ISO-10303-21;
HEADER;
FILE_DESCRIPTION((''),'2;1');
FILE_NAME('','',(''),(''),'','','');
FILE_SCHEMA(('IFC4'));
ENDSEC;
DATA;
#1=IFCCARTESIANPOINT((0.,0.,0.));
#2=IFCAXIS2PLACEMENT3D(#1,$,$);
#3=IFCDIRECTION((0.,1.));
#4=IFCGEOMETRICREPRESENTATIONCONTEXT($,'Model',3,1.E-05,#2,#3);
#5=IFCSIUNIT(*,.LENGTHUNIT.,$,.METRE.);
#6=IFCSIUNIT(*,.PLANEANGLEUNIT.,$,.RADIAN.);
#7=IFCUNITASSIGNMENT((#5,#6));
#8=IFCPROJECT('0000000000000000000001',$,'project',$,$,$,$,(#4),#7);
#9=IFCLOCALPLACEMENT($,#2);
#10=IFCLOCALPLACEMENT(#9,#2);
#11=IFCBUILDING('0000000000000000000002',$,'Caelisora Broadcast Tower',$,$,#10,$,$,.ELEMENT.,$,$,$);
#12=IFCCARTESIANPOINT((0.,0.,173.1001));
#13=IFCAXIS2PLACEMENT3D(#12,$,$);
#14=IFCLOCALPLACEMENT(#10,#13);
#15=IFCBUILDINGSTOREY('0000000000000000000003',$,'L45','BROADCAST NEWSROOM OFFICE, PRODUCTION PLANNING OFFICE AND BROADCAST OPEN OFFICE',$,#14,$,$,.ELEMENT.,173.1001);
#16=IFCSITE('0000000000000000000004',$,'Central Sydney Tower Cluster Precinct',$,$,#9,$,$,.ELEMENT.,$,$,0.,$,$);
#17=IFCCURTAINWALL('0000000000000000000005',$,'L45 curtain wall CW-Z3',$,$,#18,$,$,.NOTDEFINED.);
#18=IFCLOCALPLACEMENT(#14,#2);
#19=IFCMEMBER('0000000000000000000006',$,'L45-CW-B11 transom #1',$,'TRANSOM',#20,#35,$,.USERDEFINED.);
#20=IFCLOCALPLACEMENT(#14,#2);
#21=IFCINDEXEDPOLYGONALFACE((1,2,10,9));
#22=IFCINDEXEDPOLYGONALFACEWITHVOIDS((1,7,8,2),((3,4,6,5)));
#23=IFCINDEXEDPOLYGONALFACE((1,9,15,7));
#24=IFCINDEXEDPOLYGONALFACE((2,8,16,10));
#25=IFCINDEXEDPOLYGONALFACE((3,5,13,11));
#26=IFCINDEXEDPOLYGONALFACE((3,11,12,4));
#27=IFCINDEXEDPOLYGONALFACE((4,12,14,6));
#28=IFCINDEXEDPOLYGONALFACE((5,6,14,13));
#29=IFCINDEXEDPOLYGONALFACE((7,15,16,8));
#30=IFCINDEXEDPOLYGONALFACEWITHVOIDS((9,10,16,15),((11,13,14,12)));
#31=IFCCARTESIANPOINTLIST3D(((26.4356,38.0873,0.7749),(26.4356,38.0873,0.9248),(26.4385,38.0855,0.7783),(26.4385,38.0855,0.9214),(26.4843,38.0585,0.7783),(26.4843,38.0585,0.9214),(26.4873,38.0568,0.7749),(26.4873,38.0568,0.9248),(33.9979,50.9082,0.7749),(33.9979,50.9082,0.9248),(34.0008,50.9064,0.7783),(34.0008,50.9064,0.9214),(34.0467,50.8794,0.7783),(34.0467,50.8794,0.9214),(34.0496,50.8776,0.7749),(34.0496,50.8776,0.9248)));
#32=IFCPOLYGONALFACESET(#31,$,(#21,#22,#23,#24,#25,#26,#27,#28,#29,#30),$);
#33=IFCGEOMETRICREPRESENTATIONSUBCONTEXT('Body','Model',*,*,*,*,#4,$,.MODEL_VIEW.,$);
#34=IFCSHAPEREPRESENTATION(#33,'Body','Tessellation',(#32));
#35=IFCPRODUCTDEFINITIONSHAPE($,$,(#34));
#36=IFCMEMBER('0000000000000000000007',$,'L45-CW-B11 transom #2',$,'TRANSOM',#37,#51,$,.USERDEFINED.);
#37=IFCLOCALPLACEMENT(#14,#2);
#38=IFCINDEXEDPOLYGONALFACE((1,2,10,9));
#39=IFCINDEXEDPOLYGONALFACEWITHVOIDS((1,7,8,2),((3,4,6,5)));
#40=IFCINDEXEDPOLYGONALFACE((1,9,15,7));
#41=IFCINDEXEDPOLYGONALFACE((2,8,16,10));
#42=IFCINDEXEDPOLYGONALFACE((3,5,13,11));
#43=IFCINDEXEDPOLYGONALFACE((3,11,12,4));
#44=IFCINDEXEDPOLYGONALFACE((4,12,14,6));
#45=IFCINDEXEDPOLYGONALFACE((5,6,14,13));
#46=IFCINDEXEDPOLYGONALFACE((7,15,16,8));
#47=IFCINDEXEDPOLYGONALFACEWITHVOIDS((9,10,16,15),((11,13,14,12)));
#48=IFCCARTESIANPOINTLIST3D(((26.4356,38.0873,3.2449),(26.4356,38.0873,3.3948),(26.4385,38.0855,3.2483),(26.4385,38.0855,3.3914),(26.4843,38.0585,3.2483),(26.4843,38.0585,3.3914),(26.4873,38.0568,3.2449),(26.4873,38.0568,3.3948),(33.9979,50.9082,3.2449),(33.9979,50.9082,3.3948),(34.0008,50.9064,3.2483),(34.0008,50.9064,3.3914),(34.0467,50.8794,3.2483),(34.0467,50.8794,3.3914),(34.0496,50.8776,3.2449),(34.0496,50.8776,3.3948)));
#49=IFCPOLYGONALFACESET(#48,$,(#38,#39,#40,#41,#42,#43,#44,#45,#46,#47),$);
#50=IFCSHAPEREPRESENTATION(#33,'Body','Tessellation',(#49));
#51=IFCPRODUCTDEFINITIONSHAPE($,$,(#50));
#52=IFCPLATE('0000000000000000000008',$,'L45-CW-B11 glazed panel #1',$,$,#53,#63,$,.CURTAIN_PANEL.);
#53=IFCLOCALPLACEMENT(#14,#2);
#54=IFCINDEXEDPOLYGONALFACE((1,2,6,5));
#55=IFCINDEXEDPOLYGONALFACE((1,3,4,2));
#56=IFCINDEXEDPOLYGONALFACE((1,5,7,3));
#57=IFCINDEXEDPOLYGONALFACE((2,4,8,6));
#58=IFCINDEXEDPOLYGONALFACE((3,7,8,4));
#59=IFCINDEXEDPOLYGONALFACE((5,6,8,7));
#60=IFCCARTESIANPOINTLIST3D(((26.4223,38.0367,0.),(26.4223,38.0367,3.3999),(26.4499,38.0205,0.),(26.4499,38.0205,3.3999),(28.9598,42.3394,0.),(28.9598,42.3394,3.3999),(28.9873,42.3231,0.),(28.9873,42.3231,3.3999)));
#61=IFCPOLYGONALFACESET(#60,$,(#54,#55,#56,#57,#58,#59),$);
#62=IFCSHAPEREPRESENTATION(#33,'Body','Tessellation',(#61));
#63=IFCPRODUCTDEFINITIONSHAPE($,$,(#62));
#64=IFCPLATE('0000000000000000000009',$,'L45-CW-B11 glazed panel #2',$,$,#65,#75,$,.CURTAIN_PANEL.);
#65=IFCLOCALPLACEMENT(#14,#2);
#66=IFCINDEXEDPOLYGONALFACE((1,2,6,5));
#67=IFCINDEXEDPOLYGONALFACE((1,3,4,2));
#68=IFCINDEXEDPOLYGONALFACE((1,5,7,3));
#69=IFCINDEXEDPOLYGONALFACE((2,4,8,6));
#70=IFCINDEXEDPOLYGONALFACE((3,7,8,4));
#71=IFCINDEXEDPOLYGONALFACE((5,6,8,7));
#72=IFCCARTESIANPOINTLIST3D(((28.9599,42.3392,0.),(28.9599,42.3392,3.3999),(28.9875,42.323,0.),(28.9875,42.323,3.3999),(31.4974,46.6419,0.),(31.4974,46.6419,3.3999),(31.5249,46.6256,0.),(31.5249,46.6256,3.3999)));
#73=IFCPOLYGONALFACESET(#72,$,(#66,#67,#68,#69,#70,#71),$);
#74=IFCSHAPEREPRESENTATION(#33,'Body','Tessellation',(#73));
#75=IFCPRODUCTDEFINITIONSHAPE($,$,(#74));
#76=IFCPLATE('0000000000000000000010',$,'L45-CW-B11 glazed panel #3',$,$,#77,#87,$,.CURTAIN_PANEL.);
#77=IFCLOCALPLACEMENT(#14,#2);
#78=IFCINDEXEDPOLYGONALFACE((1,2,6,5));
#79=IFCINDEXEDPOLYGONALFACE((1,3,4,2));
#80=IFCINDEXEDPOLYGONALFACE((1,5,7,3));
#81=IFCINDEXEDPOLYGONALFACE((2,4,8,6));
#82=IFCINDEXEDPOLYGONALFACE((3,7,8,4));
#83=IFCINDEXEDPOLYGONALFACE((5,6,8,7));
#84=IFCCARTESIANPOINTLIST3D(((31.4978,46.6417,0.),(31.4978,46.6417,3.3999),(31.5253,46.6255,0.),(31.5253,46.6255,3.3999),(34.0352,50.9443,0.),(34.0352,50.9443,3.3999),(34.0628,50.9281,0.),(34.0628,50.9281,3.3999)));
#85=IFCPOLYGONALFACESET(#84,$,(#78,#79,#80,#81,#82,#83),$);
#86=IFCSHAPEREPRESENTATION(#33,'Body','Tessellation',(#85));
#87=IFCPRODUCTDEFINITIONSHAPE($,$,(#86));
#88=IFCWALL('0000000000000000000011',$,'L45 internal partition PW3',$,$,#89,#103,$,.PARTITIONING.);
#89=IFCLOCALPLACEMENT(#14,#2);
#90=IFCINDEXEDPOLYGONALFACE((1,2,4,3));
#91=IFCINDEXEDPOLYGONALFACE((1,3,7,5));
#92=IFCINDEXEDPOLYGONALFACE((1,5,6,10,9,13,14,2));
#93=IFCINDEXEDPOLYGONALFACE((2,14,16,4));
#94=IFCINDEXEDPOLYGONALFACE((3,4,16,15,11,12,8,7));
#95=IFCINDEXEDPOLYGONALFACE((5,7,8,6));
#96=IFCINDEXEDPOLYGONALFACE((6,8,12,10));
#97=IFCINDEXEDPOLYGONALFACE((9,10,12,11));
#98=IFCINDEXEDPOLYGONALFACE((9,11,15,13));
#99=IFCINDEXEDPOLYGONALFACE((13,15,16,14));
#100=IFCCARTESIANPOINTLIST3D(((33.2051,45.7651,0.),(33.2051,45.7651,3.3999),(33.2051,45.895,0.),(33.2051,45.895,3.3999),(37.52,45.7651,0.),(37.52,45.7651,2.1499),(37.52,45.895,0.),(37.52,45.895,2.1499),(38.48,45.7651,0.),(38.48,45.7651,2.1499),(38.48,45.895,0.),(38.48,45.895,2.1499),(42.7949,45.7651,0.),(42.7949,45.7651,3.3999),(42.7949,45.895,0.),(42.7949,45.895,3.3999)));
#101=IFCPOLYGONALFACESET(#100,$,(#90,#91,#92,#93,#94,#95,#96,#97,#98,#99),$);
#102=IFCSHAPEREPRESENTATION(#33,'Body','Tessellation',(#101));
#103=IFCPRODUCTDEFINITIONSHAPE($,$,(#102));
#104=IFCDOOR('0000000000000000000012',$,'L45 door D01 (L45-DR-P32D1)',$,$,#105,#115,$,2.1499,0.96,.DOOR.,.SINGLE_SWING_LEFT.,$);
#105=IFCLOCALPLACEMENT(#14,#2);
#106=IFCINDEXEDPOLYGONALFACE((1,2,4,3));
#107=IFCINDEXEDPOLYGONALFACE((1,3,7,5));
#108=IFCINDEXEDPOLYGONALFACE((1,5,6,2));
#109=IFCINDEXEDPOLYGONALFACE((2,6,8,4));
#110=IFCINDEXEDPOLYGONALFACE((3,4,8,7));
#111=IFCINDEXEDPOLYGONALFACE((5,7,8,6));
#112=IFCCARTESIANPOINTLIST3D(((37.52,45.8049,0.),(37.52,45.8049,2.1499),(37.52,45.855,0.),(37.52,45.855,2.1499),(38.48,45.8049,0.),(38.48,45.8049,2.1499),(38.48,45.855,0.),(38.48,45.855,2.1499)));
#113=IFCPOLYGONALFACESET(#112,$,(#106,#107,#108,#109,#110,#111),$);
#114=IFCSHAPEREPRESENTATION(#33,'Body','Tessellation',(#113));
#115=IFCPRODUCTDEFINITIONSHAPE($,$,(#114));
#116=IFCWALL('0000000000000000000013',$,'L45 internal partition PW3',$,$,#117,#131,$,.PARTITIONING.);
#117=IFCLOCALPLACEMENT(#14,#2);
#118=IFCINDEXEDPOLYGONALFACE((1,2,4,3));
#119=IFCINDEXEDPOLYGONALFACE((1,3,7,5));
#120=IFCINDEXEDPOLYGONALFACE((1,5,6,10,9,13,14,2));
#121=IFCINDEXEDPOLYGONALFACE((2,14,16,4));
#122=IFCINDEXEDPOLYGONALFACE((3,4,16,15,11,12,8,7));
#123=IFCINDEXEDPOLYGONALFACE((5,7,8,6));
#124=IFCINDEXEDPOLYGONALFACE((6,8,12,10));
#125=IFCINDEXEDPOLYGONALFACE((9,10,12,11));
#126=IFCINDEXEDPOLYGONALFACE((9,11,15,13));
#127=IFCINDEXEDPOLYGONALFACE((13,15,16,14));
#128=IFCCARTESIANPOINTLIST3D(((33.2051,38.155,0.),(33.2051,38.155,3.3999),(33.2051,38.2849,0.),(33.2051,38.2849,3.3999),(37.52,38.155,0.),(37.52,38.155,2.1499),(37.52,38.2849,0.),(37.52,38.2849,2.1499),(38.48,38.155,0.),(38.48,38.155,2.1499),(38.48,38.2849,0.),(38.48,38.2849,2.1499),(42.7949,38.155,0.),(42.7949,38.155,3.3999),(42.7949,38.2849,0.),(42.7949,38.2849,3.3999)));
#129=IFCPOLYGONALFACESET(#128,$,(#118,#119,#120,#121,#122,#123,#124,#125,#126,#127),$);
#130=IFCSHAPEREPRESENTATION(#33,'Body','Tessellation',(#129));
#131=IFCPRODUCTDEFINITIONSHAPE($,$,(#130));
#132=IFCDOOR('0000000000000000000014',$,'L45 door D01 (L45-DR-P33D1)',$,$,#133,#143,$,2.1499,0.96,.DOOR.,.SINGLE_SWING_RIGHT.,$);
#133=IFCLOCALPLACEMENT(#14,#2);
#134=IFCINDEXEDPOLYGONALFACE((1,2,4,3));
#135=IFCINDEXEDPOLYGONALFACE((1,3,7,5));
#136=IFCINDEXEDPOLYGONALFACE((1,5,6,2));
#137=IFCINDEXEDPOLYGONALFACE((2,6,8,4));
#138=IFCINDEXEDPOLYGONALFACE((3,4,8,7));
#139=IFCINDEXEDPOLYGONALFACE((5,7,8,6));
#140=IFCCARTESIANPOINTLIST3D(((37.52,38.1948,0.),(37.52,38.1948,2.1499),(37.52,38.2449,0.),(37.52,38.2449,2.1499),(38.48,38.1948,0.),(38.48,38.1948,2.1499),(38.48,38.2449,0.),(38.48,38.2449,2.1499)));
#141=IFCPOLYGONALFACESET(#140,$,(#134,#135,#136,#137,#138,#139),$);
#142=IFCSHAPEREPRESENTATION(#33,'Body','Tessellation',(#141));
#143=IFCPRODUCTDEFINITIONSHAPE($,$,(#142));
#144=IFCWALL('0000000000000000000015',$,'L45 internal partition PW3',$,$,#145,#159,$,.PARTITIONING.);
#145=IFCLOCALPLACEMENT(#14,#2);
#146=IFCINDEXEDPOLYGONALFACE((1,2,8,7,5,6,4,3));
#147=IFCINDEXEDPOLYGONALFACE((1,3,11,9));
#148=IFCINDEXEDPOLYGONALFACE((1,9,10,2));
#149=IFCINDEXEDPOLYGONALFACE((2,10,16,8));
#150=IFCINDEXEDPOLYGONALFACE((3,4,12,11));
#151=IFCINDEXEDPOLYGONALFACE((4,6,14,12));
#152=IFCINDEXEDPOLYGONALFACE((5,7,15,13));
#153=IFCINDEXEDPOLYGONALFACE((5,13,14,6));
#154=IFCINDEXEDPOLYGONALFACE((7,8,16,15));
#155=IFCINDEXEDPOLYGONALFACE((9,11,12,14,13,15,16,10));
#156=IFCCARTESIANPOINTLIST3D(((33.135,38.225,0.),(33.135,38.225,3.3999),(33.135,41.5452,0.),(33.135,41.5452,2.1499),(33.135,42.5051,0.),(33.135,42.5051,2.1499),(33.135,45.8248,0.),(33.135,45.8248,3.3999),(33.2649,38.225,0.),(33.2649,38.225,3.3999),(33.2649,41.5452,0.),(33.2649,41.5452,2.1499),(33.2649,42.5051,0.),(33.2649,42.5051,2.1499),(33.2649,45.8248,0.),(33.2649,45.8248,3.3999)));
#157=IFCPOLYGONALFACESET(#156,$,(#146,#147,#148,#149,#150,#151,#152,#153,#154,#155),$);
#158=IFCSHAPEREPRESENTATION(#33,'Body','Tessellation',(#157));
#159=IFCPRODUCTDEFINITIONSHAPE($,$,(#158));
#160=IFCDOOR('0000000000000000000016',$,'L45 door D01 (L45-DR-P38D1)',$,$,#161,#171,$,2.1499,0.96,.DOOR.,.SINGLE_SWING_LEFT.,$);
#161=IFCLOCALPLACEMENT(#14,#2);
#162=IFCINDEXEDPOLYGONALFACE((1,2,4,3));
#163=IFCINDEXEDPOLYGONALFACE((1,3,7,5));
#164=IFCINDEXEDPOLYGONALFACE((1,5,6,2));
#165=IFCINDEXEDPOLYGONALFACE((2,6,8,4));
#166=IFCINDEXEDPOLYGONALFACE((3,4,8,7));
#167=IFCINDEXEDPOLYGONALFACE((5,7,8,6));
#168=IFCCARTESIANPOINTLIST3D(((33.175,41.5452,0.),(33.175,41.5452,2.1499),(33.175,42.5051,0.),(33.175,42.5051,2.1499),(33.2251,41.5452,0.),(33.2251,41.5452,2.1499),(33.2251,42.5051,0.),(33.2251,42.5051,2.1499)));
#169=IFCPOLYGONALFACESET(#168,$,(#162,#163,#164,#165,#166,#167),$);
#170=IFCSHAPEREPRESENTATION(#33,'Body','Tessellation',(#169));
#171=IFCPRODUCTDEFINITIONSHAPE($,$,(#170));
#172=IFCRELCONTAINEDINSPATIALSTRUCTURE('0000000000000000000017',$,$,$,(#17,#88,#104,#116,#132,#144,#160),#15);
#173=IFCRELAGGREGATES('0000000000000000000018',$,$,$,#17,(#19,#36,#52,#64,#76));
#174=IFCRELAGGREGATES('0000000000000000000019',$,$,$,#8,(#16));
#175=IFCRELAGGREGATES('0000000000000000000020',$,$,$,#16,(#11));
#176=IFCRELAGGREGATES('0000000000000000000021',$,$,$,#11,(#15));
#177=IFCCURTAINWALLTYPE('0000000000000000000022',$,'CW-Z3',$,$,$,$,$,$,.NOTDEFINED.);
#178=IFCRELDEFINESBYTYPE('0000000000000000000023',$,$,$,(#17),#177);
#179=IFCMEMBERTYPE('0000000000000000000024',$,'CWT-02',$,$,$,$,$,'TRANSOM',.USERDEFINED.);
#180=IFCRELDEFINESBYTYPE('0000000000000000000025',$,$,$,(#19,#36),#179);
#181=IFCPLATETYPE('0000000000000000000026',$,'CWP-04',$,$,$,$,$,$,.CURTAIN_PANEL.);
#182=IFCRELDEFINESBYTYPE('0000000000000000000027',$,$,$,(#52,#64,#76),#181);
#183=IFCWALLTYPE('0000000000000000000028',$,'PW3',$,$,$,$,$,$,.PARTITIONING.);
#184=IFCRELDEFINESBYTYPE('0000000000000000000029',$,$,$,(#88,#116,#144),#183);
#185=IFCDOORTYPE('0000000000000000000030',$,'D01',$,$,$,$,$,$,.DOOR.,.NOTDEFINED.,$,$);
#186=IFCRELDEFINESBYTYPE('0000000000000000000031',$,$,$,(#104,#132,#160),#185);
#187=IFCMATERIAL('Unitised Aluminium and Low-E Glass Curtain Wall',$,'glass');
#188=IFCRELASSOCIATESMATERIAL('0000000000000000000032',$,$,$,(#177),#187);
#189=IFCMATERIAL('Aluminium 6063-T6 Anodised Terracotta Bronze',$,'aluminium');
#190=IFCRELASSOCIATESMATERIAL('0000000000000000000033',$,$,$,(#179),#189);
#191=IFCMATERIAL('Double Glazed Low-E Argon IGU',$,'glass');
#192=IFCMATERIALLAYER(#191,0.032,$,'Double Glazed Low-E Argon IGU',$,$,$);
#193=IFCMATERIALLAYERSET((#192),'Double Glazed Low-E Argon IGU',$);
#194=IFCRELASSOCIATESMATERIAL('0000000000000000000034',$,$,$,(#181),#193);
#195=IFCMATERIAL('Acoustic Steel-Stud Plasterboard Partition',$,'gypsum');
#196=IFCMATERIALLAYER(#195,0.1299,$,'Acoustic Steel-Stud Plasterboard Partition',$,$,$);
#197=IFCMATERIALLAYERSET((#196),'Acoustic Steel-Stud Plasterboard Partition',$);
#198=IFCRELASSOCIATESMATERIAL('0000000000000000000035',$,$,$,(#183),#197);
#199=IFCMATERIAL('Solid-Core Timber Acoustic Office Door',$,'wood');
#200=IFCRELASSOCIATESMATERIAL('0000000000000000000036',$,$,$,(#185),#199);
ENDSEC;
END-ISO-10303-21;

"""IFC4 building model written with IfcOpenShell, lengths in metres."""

from ifc_helpers import new_model, si_unit, direction, frame, frame_2d, origin, origin_2d, place, context, subcontext, project, spatial, rectangle, hollow_rectangle, extrude, source, transform, mapped, material, layer, layer_set, material_profile, profile_set, type_object, type_shapes, element, fill, aggregate, save


model = new_model("IFC4")

# Units and contexts
model_context = context("Model", 3, precision=1e-05, world=origin(), true_north=direction((0.0, 1.0)))
body_context = subcontext(model_context, "Body", "Model", "MODEL_VIEW")
ifc_project = project(units=[si_unit("LENGTHUNIT", "METRE"), si_unit("PLANEANGLEUNIT", "RADIAN")], contexts=[model_context])

# Site, building, storey
site_placement = place(None, origin())
site = spatial("IfcSite", under=ifc_project, at=site_placement, Name="Central Sydney Tower Cluster Precinct", CompositionType="ELEMENT", RefElevation=0.0)
building_placement = place(site_placement, origin())
building = spatial("IfcBuilding", under=site, at=building_placement, Name="Caelisora Broadcast Tower", CompositionType="ELEMENT")
storey_placement = place(building_placement, frame((0.0, 0.0, 173.1001)))
storey = spatial("IfcBuildingStorey", under=building, at=storey_placement, Name="L45", Description="BROADCAST NEWSROOM OFFICE, PRODUCTION PLANNING OFFICE AND BROADCAST OPEN OFFICE", CompositionType="ELEMENT", Elevation=173.1001)

# Curtain wall, members, plates
ifc_material_1 = material(Name="Unitised Aluminium and Low-E Glass Curtain Wall", Category="glass")
curtain_wall_type = type_object("IfcCurtainWallType", Name="CW-Z3", PredefinedType="NOTDEFINED", material=ifc_material_1)
curtain_wall_placement = place(storey_placement, origin())
curtain_wall = element("IfcCurtainWall", 1, at=curtain_wall_placement, inside=storey, type_object=curtain_wall_type, Name="L45 curtain wall CW-Z3", PredefinedType="NOTDEFINED")
ifc_material_2 = material(Name="Aluminium 6063-T6 Anodised Terracotta Bronze", Category="aluminium")
ifc_material_profile_1 = material_profile(ifc_material_2, hollow_rectangle(XDim=0.0601, YDim=0.1499, WallThickness=0.0034, at=origin_2d()), Name="Aluminium 6063-T6 Anodised Terracotta Bronze")
ifc_profile_set_1 = profile_set([ifc_material_profile_1], Name="Aluminium 6063-T6 Anodised Terracotta Bronze")
member_type_1 = type_object("IfcMemberType", Name="CWT-02", ElementType="TRANSOM", PredefinedType="USERDEFINED", material=ifc_profile_set_1)
shared_shape_1 = source(origin(), body_context, "Body", "SweptSolid", [
    extrude(hollow_rectangle(XDim=0.0601, YDim=0.1499, WallThickness=0.0034, at=origin_2d()), origin(), (0.0, 0.0, 1.0), 14.885),
])
type_shapes(member_type_1, [shared_shape_1])
member_1_placement = place(storey_placement, frame((26.4614, 38.072, 0.8499), z_axis=(0.508048, 0.861329, 0.0), x_axis=(-0.861329, 0.508048, 0.0)))
member_1 = element("IfcMember", 2, at=member_1_placement, type_object=member_type_1, Name="L45-CW-B11 transom #1", ObjectType="TRANSOM", PredefinedType="USERDEFINED", context=body_context, shape_type="MappedRepresentation", body=[
    mapped(shared_shape_1, transform((0.0, 0.0, 0.0), scale=1.0)),
])
member_2_placement = place(storey_placement, frame((26.4614, 38.072, 3.3198), z_axis=(0.508048, 0.861329, 0.0), x_axis=(-0.861329, 0.508048, 0.0)))
member_2 = element("IfcMember", 3, at=member_2_placement, type_object=member_type_1, Name="L45-CW-B11 transom #2", ObjectType="TRANSOM", PredefinedType="USERDEFINED", context=body_context, shape_type="MappedRepresentation", body=[
    mapped(shared_shape_1, transform((0.0, 0.0, 0.0), scale=1.0)),
])
ifc_material_3 = material(Name="Double Glazed Low-E Argon IGU", Category="glass")
ifc_layer_1 = layer(ifc_material_3, 0.032, Name="Double Glazed Low-E Argon IGU")
ifc_layer_set_1 = layer_set([ifc_layer_1], Name="Double Glazed Low-E Argon IGU")
plate_type = type_object("IfcPlateType", Name="CWP-04", PredefinedType="CURTAIN_PANEL", material=ifc_layer_set_1)
shared_shape_2 = source(origin(), body_context, "Body", "SweptSolid", [
    extrude(rectangle(XDim=4.9951, YDim=0.032, at=origin_2d()), origin(), (0.0, 0.0, 1.0), 3.3999),
])
type_shapes(plate_type, [shared_shape_2])
plate_1_placement = place(storey_placement, frame((27.7048, 40.1799, 0.0), z_axis=(0.0, 0.0, 1.0), x_axis=(0.507989, 0.861363, 0.0)))
plate_1 = element("IfcPlate", 4, at=plate_1_placement, type_object=plate_type, Name="L45-CW-B11 glazed panel #1", PredefinedType="CURTAIN_PANEL", context=body_context, shape_type="MappedRepresentation", body=[
    mapped(shared_shape_2, transform((0.0, 0.0, 0.0), scale=1.0)),
])
plate_2_placement = place(storey_placement, frame((30.2424, 44.4824, 0.0), z_axis=(0.0, 0.0, 1.0), x_axis=(0.507989, 0.861363, 0.0)))
plate_2 = element("IfcPlate", 5, at=plate_2_placement, type_object=plate_type, Name="L45-CW-B11 glazed panel #2", PredefinedType="CURTAIN_PANEL", context=body_context, shape_type="MappedRepresentation", body=[
    mapped(shared_shape_2, transform((0.0, 0.0, 0.0), scale=1.0)),
])
plate_3_placement = place(storey_placement, frame((32.7803, 48.7849, 0.0), z_axis=(0.0, 0.0, 1.0), x_axis=(0.507989, 0.861363, 0.0)))
plate_3 = element("IfcPlate", 6, at=plate_3_placement, type_object=plate_type, Name="L45-CW-B11 glazed panel #3", PredefinedType="CURTAIN_PANEL", context=body_context, shape_type="MappedRepresentation", body=[
    mapped(shared_shape_2, transform((0.0, 0.0, 0.0), scale=1.0)),
])
aggregate(curtain_wall, [member_1, member_2, plate_1, plate_2, plate_3])

# Walls, openings, doors
ifc_material_4 = material(Name="Acoustic Steel-Stud Plasterboard Partition", Category="gypsum")
ifc_layer_2 = layer(ifc_material_4, 0.1299, Name="Acoustic Steel-Stud Plasterboard Partition")
ifc_layer_set_2 = layer_set([ifc_layer_2], Name="Acoustic Steel-Stud Plasterboard Partition")
wall_type = type_object("IfcWallType", Name="PW3", PredefinedType="PARTITIONING", material=ifc_layer_set_2)
wall_1_placement = place(storey_placement, frame((33.2051, 45.8301, 0.0), z_axis=(0.0, 0.0, 1.0), x_axis=(1.0, 0.0, 0.0)))
wall_1 = element("IfcWall", 7, at=wall_1_placement, inside=storey, type_object=wall_type, Name="L45 internal partition PW3", PredefinedType="PARTITIONING", context=body_context, shape_type="SweptSolid", body=[
    extrude(rectangle(XDim=9.5898, YDim=0.1299, at=frame_2d((4.7949, 0.0))), origin(), (0.0, 0.0, 1.0), 3.3999),
])
opening_1_placement = place(wall_1_placement, frame((4.3149, 0.0, 0.0)))
opening_1 = element("IfcOpeningElement", 8, at=opening_1_placement, cuts=wall_1, PredefinedType="OPENING", context=body_context, shape_type="SweptSolid", body=[
    extrude(rectangle(XDim=0.96, YDim=2.1499, at=frame_2d((0.48, 1.075))), frame((0.0, 0.0769, 0.0), z_axis=(0.0, -1.0, 0.0), x_axis=(1.0, 0.0, 0.0)), (0.0, 0.0, 1.0), 0.1538),
])
ifc_material_5 = material(Name="Solid-Core Timber Acoustic Office Door", Category="wood")
door_type = type_object("IfcDoorType", Name="D01", OperationType="NOTDEFINED", PredefinedType="DOOR", material=ifc_material_5)
door_1_placement = place(opening_1_placement, origin())
door_1 = element("IfcDoor", 9, at=door_1_placement, inside=storey, type_object=door_type, Name="L45 door D01 (L45-DR-P32D1)", OperationType="SINGLE_SWING_LEFT", OverallHeight=2.1499, OverallWidth=0.96, PredefinedType="DOOR", context=body_context, shape_type="SweptSolid", body=[
    extrude(rectangle(XDim=0.96, YDim=2.1499, at=frame_2d((0.48, 1.075))), frame((0.0, 0.0249, 0.0), z_axis=(0.0, -1.0, 0.0), x_axis=(1.0, 0.0, 0.0)), (0.0, 0.0, 1.0), 0.05),
])
fill(opening_1, door_1)
wall_2_placement = place(storey_placement, frame((33.2051, 38.22, 0.0), z_axis=(0.0, 0.0, 1.0), x_axis=(1.0, 0.0, 0.0)))
wall_2 = element("IfcWall", 10, at=wall_2_placement, inside=storey, type_object=wall_type, Name="L45 internal partition PW3", PredefinedType="PARTITIONING", context=body_context, shape_type="SweptSolid", body=[
    extrude(rectangle(XDim=9.5898, YDim=0.1299, at=frame_2d((4.7949, 0.0))), origin(), (0.0, 0.0, 1.0), 3.3999),
])
opening_2_placement = place(wall_2_placement, frame((4.3149, 0.0, 0.0)))
opening_2 = element("IfcOpeningElement", 11, at=opening_2_placement, cuts=wall_2, PredefinedType="OPENING", context=body_context, shape_type="SweptSolid", body=[
    extrude(rectangle(XDim=0.96, YDim=2.1499, at=frame_2d((0.48, 1.075))), frame((0.0, 0.0769, 0.0), z_axis=(0.0, -1.0, 0.0), x_axis=(1.0, 0.0, 0.0)), (0.0, 0.0, 1.0), 0.1538),
])
door_2_placement = place(opening_2_placement, origin())
door_2 = element("IfcDoor", 12, at=door_2_placement, inside=storey, type_object=door_type, Name="L45 door D01 (L45-DR-P33D1)", OperationType="SINGLE_SWING_RIGHT", OverallHeight=2.1499, OverallWidth=0.96, PredefinedType="DOOR", context=body_context, shape_type="SweptSolid", body=[
    extrude(rectangle(XDim=0.96, YDim=2.1499, at=frame_2d((0.48, 1.075))), frame((0.0, 0.0249, 0.0), z_axis=(0.0, -1.0, 0.0), x_axis=(1.0, 0.0, 0.0)), (0.0, 0.0, 1.0), 0.05),
])
fill(opening_2, door_2)
wall_3_placement = place(storey_placement, frame((33.2, 38.2251, 0.0), z_axis=(0.0, 0.0, 1.0), x_axis=(0.0, 1.0, 0.0)))
wall_3 = element("IfcWall", 13, at=wall_3_placement, inside=storey, type_object=wall_type, Name="L45 internal partition PW3", PredefinedType="PARTITIONING", context=body_context, shape_type="SweptSolid", body=[
    extrude(rectangle(XDim=7.5999, YDim=0.1299, at=frame_2d((3.7998, 0.0))), origin(), (0.0, 0.0, 1.0), 3.3999),
])
opening_3_placement = place(wall_3_placement, frame((3.3201, 0.0, 0.0)))
opening_3 = element("IfcOpeningElement", 14, at=opening_3_placement, cuts=wall_3, PredefinedType="OPENING", context=body_context, shape_type="SweptSolid", body=[
    extrude(rectangle(XDim=0.96, YDim=2.1499, at=frame_2d((0.48, 1.075))), frame((0.0, 0.0769, 0.0), z_axis=(0.0, -1.0, 0.0), x_axis=(1.0, 0.0, 0.0)), (0.0, 0.0, 1.0), 0.1538),
])
door_3_placement = place(opening_3_placement, origin())
door_3 = element("IfcDoor", 15, at=door_3_placement, inside=storey, type_object=door_type, Name="L45 door D01 (L45-DR-P38D1)", OperationType="SINGLE_SWING_LEFT", OverallHeight=2.1499, OverallWidth=0.96, PredefinedType="DOOR", context=body_context, shape_type="SweptSolid", body=[
    extrude(rectangle(XDim=0.96, YDim=2.1499, at=frame_2d((0.48, 1.075))), frame((0.0, 0.0249, 0.0), z_axis=(0.0, -1.0, 0.0), x_axis=(1.0, 0.0, 0.0)), (0.0, 0.0, 1.0), 0.05),
])
fill(opening_3, door_3)

save(model, "model.ifc")
